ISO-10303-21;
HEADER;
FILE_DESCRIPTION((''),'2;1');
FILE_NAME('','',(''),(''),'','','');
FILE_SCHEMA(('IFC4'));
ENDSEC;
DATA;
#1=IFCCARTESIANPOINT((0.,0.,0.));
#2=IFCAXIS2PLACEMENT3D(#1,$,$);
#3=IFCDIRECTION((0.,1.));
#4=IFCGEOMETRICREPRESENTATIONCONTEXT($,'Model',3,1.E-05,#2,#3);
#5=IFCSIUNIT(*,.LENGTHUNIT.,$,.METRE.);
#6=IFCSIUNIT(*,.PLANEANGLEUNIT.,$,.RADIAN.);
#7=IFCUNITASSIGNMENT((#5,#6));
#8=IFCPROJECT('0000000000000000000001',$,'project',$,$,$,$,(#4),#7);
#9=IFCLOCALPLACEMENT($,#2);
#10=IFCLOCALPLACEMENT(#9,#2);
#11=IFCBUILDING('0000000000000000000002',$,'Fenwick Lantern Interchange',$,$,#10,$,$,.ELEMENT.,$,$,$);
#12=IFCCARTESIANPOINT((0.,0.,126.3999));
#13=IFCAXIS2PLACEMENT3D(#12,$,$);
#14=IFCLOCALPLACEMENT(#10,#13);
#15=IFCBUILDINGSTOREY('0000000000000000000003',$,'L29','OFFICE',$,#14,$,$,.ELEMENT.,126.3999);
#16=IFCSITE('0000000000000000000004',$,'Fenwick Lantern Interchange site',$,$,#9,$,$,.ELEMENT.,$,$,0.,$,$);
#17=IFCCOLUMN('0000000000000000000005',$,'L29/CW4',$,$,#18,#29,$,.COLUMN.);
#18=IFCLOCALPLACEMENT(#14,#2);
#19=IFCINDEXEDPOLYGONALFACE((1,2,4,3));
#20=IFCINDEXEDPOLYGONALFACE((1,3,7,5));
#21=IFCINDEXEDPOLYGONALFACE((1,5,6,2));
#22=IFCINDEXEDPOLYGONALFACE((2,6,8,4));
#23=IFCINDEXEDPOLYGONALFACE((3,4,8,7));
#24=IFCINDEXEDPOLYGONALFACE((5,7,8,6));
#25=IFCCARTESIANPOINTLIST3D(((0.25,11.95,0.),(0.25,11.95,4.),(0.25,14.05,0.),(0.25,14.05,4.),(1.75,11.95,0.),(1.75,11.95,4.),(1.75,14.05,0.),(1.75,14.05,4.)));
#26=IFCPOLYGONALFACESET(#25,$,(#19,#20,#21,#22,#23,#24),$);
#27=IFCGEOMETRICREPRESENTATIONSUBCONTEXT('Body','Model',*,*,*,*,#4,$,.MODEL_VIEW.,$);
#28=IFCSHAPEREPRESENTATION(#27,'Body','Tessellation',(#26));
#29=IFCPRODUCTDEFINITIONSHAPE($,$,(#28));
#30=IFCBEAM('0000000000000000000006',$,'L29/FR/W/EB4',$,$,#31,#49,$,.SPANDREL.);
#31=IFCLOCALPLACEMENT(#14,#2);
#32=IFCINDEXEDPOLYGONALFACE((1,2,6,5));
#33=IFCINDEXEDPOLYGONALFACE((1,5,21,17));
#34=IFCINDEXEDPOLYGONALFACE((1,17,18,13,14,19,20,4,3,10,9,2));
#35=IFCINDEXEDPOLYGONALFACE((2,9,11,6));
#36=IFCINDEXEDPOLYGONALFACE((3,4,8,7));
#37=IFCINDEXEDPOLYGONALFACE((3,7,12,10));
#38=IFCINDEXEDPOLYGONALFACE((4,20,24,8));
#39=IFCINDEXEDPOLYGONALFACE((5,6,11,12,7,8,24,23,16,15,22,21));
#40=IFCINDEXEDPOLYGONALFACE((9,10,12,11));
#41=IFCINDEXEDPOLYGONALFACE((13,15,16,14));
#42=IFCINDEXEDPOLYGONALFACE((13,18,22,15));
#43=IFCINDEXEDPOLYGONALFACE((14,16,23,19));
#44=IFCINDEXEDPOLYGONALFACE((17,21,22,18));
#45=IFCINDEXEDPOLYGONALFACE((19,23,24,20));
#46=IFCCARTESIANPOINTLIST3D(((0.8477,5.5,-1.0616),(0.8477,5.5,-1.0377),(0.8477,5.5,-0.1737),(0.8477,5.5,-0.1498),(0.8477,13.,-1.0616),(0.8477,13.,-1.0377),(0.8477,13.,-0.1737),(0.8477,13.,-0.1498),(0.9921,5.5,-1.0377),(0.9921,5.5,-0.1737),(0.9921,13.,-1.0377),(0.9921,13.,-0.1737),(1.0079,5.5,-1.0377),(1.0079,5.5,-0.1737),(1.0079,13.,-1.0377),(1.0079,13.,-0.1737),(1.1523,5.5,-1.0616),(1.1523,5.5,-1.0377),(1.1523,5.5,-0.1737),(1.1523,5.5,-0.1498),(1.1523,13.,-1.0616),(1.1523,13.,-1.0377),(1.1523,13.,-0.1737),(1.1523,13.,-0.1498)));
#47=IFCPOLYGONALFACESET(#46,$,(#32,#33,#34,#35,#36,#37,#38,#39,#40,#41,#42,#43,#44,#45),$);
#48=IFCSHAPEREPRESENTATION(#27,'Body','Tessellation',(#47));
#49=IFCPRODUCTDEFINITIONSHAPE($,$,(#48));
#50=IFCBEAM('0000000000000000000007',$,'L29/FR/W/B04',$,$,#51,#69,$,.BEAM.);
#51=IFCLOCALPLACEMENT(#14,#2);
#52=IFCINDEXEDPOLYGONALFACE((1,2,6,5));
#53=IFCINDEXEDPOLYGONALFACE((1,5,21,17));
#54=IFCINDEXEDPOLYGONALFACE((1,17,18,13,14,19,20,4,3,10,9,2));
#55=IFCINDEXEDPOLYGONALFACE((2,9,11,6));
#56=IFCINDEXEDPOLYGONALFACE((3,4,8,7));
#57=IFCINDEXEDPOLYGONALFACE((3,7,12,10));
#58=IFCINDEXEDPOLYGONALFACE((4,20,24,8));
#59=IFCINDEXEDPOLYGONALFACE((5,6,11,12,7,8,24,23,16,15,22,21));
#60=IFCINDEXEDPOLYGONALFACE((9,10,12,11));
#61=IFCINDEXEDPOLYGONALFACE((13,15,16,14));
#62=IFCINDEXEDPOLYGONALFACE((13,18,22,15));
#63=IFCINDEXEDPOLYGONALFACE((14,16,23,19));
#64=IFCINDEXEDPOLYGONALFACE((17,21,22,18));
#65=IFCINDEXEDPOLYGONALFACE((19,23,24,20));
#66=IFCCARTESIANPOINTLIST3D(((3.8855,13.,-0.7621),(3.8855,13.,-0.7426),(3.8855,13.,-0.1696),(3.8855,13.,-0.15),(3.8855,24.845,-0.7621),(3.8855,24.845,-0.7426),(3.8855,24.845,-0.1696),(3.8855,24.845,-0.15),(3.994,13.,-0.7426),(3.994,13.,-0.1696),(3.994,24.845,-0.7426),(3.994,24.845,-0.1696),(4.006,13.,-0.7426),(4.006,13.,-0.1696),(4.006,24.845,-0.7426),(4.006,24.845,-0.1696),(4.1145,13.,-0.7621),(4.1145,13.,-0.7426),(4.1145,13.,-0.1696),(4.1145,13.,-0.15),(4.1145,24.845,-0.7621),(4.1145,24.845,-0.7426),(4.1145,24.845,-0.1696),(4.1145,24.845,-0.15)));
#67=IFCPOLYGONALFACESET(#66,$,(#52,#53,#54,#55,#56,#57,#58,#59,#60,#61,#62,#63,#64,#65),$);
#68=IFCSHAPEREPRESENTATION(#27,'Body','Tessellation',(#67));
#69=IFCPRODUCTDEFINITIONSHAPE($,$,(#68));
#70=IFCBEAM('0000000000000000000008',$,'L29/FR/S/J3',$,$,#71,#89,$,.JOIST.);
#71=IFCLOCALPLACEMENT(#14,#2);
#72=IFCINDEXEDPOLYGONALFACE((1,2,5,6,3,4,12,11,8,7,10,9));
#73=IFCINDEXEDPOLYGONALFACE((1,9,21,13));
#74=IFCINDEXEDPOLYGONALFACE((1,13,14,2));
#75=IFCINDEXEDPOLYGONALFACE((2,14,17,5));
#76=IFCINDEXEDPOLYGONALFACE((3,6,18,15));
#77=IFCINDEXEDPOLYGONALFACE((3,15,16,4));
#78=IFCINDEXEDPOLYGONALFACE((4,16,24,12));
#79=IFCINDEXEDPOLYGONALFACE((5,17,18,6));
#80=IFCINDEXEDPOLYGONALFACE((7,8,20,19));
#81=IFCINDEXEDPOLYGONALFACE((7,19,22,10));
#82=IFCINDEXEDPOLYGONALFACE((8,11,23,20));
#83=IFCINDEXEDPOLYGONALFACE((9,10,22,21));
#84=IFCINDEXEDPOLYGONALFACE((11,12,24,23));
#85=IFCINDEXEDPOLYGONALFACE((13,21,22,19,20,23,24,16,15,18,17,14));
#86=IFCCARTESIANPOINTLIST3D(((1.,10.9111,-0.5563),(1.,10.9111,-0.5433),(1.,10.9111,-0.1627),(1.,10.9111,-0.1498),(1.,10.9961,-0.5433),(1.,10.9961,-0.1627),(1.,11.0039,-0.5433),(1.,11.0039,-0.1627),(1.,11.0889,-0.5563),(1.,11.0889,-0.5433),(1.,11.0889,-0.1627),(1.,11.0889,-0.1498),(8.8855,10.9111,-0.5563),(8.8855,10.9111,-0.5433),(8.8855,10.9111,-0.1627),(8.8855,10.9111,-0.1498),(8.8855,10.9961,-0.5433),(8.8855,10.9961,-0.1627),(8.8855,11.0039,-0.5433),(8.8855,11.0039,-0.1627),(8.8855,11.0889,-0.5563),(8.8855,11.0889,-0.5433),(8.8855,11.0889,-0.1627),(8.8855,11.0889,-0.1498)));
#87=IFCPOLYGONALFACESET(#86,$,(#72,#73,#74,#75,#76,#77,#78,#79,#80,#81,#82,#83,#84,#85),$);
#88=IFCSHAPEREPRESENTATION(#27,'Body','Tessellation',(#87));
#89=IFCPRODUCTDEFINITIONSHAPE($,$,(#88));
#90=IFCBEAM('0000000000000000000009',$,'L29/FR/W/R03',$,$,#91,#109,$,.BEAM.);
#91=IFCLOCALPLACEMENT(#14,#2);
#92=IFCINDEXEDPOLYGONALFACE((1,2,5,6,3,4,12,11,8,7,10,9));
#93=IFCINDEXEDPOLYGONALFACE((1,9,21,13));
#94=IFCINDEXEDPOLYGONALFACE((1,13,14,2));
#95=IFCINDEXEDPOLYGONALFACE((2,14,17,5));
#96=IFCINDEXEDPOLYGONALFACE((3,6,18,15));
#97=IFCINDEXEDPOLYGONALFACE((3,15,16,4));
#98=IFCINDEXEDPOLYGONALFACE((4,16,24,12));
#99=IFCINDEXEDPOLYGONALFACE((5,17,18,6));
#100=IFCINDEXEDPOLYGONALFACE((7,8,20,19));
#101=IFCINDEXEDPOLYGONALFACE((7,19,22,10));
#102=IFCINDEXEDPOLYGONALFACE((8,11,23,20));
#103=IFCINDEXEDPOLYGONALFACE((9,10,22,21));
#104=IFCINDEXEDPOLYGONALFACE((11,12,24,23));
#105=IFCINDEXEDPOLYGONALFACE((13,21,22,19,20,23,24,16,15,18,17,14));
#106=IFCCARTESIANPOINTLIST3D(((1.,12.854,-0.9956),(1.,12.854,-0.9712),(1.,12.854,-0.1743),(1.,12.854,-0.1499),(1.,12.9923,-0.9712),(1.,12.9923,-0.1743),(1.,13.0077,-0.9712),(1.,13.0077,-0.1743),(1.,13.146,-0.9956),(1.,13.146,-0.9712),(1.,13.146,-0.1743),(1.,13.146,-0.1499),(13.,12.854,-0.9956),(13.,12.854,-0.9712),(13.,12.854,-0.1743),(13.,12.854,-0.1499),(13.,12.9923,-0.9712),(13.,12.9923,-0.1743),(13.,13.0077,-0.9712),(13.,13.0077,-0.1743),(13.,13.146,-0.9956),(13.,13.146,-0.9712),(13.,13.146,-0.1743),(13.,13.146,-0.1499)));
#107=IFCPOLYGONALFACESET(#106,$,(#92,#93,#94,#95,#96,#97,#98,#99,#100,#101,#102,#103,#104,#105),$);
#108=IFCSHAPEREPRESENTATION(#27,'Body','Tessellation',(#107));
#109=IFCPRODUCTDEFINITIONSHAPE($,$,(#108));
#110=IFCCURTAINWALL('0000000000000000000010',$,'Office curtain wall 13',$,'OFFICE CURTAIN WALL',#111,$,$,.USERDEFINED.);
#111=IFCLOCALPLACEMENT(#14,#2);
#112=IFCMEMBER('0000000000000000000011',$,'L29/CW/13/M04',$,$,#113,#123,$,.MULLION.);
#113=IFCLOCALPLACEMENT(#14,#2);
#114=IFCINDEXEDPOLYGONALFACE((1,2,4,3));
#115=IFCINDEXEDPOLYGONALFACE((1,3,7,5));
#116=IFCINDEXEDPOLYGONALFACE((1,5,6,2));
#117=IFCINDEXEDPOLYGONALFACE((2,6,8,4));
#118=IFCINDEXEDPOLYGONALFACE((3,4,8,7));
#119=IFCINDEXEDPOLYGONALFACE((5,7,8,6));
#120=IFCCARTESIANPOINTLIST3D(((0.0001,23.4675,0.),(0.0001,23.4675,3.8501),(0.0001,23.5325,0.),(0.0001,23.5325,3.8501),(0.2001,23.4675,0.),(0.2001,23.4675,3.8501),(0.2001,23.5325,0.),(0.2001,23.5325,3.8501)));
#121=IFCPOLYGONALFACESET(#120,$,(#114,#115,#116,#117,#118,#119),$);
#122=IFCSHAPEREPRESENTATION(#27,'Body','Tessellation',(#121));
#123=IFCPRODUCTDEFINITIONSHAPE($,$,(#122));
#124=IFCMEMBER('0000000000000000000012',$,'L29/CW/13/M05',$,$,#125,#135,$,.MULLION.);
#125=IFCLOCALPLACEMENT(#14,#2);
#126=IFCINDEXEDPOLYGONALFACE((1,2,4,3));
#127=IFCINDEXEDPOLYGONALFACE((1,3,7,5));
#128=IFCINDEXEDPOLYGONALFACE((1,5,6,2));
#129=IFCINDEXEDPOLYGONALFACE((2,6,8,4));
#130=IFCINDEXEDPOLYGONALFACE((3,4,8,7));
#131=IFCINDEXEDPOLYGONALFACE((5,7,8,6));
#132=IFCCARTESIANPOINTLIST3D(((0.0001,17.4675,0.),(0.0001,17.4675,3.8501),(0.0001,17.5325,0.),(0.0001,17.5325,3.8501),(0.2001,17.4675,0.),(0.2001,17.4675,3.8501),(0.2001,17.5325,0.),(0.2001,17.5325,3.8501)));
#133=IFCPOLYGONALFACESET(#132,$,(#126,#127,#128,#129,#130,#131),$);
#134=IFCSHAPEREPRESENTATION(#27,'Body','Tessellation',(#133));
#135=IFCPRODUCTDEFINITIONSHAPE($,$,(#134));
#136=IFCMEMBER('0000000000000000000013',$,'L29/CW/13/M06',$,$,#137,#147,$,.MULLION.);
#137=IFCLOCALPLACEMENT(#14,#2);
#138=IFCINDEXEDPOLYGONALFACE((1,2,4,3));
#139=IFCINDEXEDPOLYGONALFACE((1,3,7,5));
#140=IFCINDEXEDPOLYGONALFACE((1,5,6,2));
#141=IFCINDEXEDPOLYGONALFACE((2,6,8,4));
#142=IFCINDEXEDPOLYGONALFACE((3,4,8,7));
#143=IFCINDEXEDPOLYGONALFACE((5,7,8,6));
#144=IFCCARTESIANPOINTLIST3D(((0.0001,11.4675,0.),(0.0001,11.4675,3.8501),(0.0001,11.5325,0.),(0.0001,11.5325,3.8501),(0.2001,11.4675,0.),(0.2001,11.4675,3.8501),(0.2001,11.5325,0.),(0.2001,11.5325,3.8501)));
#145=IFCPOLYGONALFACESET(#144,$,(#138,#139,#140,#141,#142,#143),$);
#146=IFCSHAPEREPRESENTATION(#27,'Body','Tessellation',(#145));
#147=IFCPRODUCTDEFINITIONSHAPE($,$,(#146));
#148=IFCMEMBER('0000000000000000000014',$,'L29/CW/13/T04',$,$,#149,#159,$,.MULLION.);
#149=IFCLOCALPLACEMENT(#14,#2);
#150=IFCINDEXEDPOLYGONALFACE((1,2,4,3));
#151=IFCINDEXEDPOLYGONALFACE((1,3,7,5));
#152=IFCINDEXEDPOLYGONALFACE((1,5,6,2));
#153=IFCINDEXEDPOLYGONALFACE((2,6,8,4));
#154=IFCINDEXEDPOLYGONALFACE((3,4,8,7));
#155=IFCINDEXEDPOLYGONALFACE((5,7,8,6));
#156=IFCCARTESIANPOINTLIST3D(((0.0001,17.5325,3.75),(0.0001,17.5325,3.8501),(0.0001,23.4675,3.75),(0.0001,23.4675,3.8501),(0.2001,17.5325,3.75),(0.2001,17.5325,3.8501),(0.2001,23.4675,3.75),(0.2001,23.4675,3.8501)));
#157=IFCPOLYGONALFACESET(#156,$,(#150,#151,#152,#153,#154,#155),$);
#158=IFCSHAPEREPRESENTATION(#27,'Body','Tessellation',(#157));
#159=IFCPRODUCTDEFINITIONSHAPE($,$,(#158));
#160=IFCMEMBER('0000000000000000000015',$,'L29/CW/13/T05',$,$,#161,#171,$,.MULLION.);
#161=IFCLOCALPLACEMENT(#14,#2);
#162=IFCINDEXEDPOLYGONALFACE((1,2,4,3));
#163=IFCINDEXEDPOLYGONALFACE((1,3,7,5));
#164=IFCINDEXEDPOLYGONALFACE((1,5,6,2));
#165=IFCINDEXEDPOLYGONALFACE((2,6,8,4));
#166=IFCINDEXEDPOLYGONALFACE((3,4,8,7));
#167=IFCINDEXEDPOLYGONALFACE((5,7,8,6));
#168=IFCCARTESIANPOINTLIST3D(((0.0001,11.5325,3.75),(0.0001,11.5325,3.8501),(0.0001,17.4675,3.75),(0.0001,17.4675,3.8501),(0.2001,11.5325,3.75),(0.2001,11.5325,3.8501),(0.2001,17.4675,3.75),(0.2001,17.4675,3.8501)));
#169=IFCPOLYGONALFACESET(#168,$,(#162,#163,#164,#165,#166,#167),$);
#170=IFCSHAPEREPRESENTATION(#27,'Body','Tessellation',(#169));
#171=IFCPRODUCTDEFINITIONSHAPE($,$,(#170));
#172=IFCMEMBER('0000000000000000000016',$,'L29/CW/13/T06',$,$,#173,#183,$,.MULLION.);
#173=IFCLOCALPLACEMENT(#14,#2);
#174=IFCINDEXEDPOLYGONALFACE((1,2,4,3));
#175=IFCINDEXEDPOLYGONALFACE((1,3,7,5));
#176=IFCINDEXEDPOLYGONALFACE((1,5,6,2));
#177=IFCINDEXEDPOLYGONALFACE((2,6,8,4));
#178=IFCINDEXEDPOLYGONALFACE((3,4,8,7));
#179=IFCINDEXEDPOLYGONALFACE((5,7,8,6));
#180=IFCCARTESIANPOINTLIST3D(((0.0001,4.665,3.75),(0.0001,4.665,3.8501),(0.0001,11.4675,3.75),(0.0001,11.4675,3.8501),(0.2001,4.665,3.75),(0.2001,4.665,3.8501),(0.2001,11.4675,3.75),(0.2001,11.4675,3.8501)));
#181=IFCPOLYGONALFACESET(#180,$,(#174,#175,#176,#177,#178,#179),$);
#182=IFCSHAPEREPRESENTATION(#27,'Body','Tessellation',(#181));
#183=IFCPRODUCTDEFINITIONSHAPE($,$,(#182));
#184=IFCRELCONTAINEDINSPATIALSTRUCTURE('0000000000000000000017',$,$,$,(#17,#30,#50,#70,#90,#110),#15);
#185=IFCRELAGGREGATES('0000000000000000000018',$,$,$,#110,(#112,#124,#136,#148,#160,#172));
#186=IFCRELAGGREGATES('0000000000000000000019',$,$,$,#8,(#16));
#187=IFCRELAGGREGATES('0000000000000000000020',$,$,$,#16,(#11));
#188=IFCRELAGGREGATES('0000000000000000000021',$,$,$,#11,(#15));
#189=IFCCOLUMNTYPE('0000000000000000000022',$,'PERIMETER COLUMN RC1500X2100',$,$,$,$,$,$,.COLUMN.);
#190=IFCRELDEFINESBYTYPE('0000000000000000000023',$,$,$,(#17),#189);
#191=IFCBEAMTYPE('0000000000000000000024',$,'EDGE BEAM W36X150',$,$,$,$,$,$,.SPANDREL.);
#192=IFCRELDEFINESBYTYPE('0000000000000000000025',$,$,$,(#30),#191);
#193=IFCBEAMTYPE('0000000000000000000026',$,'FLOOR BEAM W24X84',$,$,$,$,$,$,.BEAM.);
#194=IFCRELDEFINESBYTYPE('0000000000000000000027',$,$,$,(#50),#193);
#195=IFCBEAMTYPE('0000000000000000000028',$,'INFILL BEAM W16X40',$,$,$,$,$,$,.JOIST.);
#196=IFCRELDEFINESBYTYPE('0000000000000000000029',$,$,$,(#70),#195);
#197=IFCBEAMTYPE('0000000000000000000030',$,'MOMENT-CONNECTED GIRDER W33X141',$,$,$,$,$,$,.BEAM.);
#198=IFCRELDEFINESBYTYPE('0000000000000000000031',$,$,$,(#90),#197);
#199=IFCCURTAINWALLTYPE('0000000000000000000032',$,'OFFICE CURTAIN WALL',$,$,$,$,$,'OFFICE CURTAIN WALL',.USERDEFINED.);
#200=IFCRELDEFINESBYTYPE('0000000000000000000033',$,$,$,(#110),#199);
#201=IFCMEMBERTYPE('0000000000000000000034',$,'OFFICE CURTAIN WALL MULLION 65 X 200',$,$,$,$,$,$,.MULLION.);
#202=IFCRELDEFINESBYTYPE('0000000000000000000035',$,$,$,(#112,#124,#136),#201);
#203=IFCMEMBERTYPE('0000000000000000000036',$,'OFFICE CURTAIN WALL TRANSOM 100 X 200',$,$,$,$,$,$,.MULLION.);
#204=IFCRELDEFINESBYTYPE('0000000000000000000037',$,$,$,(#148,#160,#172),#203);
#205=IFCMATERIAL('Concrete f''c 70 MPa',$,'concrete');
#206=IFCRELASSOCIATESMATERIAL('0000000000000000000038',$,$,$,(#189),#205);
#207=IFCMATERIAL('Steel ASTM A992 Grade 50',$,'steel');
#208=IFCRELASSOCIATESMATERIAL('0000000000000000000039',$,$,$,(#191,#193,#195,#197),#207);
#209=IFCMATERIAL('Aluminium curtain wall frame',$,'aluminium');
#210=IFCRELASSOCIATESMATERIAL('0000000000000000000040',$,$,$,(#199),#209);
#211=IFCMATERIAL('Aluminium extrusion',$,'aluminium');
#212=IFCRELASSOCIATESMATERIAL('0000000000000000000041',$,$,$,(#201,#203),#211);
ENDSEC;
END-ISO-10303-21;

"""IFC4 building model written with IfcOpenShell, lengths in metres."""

from ifc_helpers import new_model, si_unit, direction, frame, origin, origin_2d, place, context, subcontext, project, spatial, rectangle, i_section, extrude, material, material_profile, profile_set, type_object, element, aggregate, save


model = new_model("IFC4")

# Units and contexts
model_context = context("Model", 3, precision=1e-05, world=origin(), true_north=direction((0.0, 1.0)))
body_context = subcontext(model_context, "Body", "Model", "MODEL_VIEW")
ifc_project = project(units=[si_unit("LENGTHUNIT", "METRE"), si_unit("PLANEANGLEUNIT", "RADIAN")], contexts=[model_context])

# Site, building, storey
site_placement = place(None, origin())
site = spatial("IfcSite", under=ifc_project, at=site_placement, Name="Fenwick Lantern Interchange site", CompositionType="ELEMENT", RefElevation=0.0)
building_placement = place(site_placement, origin())
building = spatial("IfcBuilding", under=site, at=building_placement, Name="Fenwick Lantern Interchange", CompositionType="ELEMENT")
storey_placement = place(building_placement, frame((0.0, 0.0, 126.3999)))
storey = spatial("IfcBuildingStorey", under=building, at=storey_placement, Name="L29", Description="OFFICE", CompositionType="ELEMENT", Elevation=126.3999)

# Column
ifc_material_1 = material(Name="Concrete f'c 70 MPa", Category="concrete")
ifc_material_profile_1 = material_profile(ifc_material_1, rectangle(XDim=1.5, YDim=2.1001, at=origin_2d()), Name="RC1500X2100")
ifc_profile_set_1 = profile_set([ifc_material_profile_1], Name="Concrete f'c 70 MPa")
column_type = type_object("IfcColumnType", Name="PERIMETER COLUMN RC1500X2100", PredefinedType="COLUMN", material=ifc_profile_set_1)
column_placement = place(storey_placement, frame((1.0, 13.0, 0.0), z_axis=(0.0, 0.0, 1.0), x_axis=(1.0, 0.0, 0.0)))
element("IfcColumn", 1, at=column_placement, inside=storey, type_object=column_type, Name="L29/CW4", PredefinedType="COLUMN", context=body_context, shape_type="SweptSolid", body=[
    extrude(rectangle(XDim=1.5, YDim=2.1001, at=origin_2d()), origin(), (0.0, 0.0, 1.0), 4.0),
])

# Beams
ifc_material_2 = material(Name="Steel ASTM A992 Grade 50", Category="steel")
ifc_material_profile_2 = material_profile(ifc_material_2, i_section(OverallWidth=0.3047, OverallDepth=0.9119, WebThickness=0.0159, FlangeThickness=0.0239, at=origin_2d()), Name="W36X150")
ifc_profile_set_2 = profile_set([ifc_material_profile_2], Name="Steel ASTM A992 Grade 50")
beam_type_1 = type_object("IfcBeamType", Name="EDGE BEAM W36X150", PredefinedType="SPANDREL", material=ifc_profile_set_2)
beam_1_placement = place(storey_placement, frame((1.0, 13.0, -0.6057), z_axis=(0.0, -1.0, 0.0), x_axis=(1.0, 0.0, 0.0)))
element("IfcBeam", 2, at=beam_1_placement, inside=storey, type_object=beam_type_1, Name="L29/FR/W/EB4", PredefinedType="SPANDREL", context=body_context, shape_type="SweptSolid", body=[
    extrude(i_section(OverallWidth=0.3047, OverallDepth=0.9119, WebThickness=0.0159, FlangeThickness=0.0239, at=origin_2d()), origin(), (0.0, 0.0, 1.0), 7.5),
])
ifc_material_profile_3 = material_profile(ifc_material_2, i_section(OverallWidth=0.229, OverallDepth=0.6121, WebThickness=0.012, FlangeThickness=0.0195, at=origin_2d()), Name="W24X84")
ifc_profile_set_3 = profile_set([ifc_material_profile_3], Name="Steel ASTM A992 Grade 50")
beam_type_2 = type_object("IfcBeamType", Name="FLOOR BEAM W24X84", PredefinedType="BEAM", material=ifc_profile_set_3)
beam_2_placement = place(storey_placement, frame((4.0, 24.845, -0.4561), z_axis=(0.0, -1.0, 0.0), x_axis=(1.0, 0.0, 0.0)))
element("IfcBeam", 3, at=beam_2_placement, inside=storey, type_object=beam_type_2, Name="L29/FR/W/B04", PredefinedType="BEAM", context=body_context, shape_type="SweptSolid", body=[
    extrude(i_section(OverallWidth=0.229, OverallDepth=0.6121, WebThickness=0.012, FlangeThickness=0.0195, at=origin_2d()), origin(), (0.0, 0.0, 1.0), 11.845),
])
ifc_material_profile_4 = material_profile(ifc_material_2, i_section(OverallWidth=0.1777, OverallDepth=0.4065, WebThickness=0.0078, FlangeThickness=0.0129, at=origin_2d()), Name="W16X40")
ifc_profile_set_4 = profile_set([ifc_material_profile_4], Name="Steel ASTM A992 Grade 50")
beam_type_3 = type_object("IfcBeamType", Name="INFILL BEAM W16X40", PredefinedType="JOIST", material=ifc_profile_set_4)
beam_3_placement = place(storey_placement, frame((1.0, 11.0, -0.353), z_axis=(1.0, 0.0, 0.0), x_axis=(0.0, 1.0, 0.0)))
element("IfcBeam", 4, at=beam_3_placement, inside=storey, type_object=beam_type_3, Name="L29/FR/S/J3", PredefinedType="JOIST", context=body_context, shape_type="SweptSolid", body=[
    extrude(i_section(OverallWidth=0.1777, OverallDepth=0.4065, WebThickness=0.0078, FlangeThickness=0.0129, at=origin_2d()), origin(), (0.0, 0.0, 1.0), 7.8855),
])
ifc_material_profile_5 = material_profile(ifc_material_2, i_section(OverallWidth=0.292, OverallDepth=0.8457, WebThickness=0.0154, FlangeThickness=0.0244, at=origin_2d()), Name="W33X141")
ifc_profile_set_5 = profile_set([ifc_material_profile_5], Name="Steel ASTM A992 Grade 50")
beam_type_4 = type_object("IfcBeamType", Name="MOMENT-CONNECTED GIRDER W33X141", PredefinedType="BEAM", material=ifc_profile_set_5)
beam_4_placement = place(storey_placement, frame((1.0, 13.0, -0.5728), z_axis=(1.0, 0.0, 0.0), x_axis=(0.0, 1.0, 0.0)))
element("IfcBeam", 5, at=beam_4_placement, inside=storey, type_object=beam_type_4, Name="L29/FR/W/R03", PredefinedType="BEAM", context=body_context, shape_type="SweptSolid", body=[
    extrude(i_section(OverallWidth=0.292, OverallDepth=0.8457, WebThickness=0.0154, FlangeThickness=0.0244, at=origin_2d()), origin(), (0.0, 0.0, 1.0), 12.0),
])

# Curtain wall, members
ifc_material_3 = material(Name="Aluminium curtain wall frame", Category="aluminium")
curtain_wall_type = type_object("IfcCurtainWallType", Name="OFFICE CURTAIN WALL", ElementType="OFFICE CURTAIN WALL", PredefinedType="USERDEFINED", material=ifc_material_3)
curtain_wall_placement = place(storey_placement, origin())
curtain_wall = element("IfcCurtainWall", 6, at=curtain_wall_placement, inside=storey, type_object=curtain_wall_type, Name="Office curtain wall 13", ObjectType="OFFICE CURTAIN WALL", PredefinedType="USERDEFINED")
ifc_material_4 = material(Name="Aluminium extrusion", Category="aluminium")
ifc_material_profile_6 = material_profile(ifc_material_4, rectangle(XDim=0.2, YDim=0.0649, at=origin_2d()), Name="OFFICE CURTAIN WALL MULLION 65 X 200")
ifc_profile_set_6 = profile_set([ifc_material_profile_6], Name="Aluminium extrusion")
member_type_1 = type_object("IfcMemberType", Name="OFFICE CURTAIN WALL MULLION 65 X 200", PredefinedType="MULLION", material=ifc_profile_set_6)
member_1_placement = place(storey_placement, frame((0.1001, 23.5, 0.0), z_axis=(0.0, 0.0, 1.0), x_axis=(1.0, 0.0, 0.0)))
member_1 = element("IfcMember", 7, at=member_1_placement, type_object=member_type_1, Name="L29/CW/13/M04", PredefinedType="MULLION", context=body_context, shape_type="SweptSolid", body=[
    extrude(rectangle(XDim=0.2, YDim=0.0649, at=origin_2d()), origin(), (0.0, 0.0, 1.0), 3.8501),
])
member_2_placement = place(storey_placement, frame((0.1001, 17.5, 0.0), z_axis=(0.0, 0.0, 1.0), x_axis=(1.0, 0.0, 0.0)))
member_2 = element("IfcMember", 8, at=member_2_placement, type_object=member_type_1, Name="L29/CW/13/M05", PredefinedType="MULLION", context=body_context, shape_type="SweptSolid", body=[
    extrude(rectangle(XDim=0.2, YDim=0.0649, at=origin_2d()), origin(), (0.0, 0.0, 1.0), 3.8501),
])
member_3_placement = place(storey_placement, frame((0.1001, 11.5, 0.0), z_axis=(0.0, 0.0, 1.0), x_axis=(1.0, 0.0, 0.0)))
member_3 = element("IfcMember", 9, at=member_3_placement, type_object=member_type_1, Name="L29/CW/13/M06", PredefinedType="MULLION", context=body_context, shape_type="SweptSolid", body=[
    extrude(rectangle(XDim=0.2, YDim=0.0649, at=origin_2d()), origin(), (0.0, 0.0, 1.0), 3.8501),
])
ifc_material_profile_7 = material_profile(ifc_material_4, rectangle(XDim=0.2, YDim=0.1001, at=origin_2d()), Name="OFFICE CURTAIN WALL TRANSOM 100 X 200")
ifc_profile_set_7 = profile_set([ifc_material_profile_7], Name="Aluminium extrusion")
member_type_2 = type_object("IfcMemberType", Name="OFFICE CURTAIN WALL TRANSOM 100 X 200", PredefinedType="MULLION", material=ifc_profile_set_7)
member_4_placement = place(storey_placement, frame((0.1001, 23.4675, 3.8), z_axis=(0.0, -1.0, 0.0), x_axis=(1.0, 0.0, 0.0)))
member_4 = element("IfcMember", 10, at=member_4_placement, type_object=member_type_2, Name="L29/CW/13/T04", PredefinedType="MULLION", context=body_context, shape_type="SweptSolid", body=[
    extrude(rectangle(XDim=0.2, YDim=0.1001, at=origin_2d()), origin(), (0.0, 0.0, 1.0), 5.9351),
])
member_5_placement = place(storey_placement, frame((0.1001, 17.4675, 3.8), z_axis=(0.0, -1.0, 0.0), x_axis=(1.0, 0.0, 0.0)))
member_5 = element("IfcMember", 11, at=member_5_placement, type_object=member_type_2, Name="L29/CW/13/T05", PredefinedType="MULLION", context=body_context, shape_type="SweptSolid", body=[
    extrude(rectangle(XDim=0.2, YDim=0.1001, at=origin_2d()), origin(), (0.0, 0.0, 1.0), 5.9351),
])
member_6_placement = place(storey_placement, frame((0.1001, 11.4675, 3.8), z_axis=(0.0, -1.0, 0.0), x_axis=(1.0, 0.0, 0.0)))
member_6 = element("IfcMember", 12, at=member_6_placement, type_object=member_type_2, Name="L29/CW/13/T06", PredefinedType="MULLION", context=body_context, shape_type="SweptSolid", body=[
    extrude(rectangle(XDim=0.2, YDim=0.1001, at=origin_2d()), origin(), (0.0, 0.0, 1.0), 6.8025),
])
aggregate(curtain_wall, [member_1, member_2, member_3, member_4, member_5, member_6])

save(model, "model.ifc")
